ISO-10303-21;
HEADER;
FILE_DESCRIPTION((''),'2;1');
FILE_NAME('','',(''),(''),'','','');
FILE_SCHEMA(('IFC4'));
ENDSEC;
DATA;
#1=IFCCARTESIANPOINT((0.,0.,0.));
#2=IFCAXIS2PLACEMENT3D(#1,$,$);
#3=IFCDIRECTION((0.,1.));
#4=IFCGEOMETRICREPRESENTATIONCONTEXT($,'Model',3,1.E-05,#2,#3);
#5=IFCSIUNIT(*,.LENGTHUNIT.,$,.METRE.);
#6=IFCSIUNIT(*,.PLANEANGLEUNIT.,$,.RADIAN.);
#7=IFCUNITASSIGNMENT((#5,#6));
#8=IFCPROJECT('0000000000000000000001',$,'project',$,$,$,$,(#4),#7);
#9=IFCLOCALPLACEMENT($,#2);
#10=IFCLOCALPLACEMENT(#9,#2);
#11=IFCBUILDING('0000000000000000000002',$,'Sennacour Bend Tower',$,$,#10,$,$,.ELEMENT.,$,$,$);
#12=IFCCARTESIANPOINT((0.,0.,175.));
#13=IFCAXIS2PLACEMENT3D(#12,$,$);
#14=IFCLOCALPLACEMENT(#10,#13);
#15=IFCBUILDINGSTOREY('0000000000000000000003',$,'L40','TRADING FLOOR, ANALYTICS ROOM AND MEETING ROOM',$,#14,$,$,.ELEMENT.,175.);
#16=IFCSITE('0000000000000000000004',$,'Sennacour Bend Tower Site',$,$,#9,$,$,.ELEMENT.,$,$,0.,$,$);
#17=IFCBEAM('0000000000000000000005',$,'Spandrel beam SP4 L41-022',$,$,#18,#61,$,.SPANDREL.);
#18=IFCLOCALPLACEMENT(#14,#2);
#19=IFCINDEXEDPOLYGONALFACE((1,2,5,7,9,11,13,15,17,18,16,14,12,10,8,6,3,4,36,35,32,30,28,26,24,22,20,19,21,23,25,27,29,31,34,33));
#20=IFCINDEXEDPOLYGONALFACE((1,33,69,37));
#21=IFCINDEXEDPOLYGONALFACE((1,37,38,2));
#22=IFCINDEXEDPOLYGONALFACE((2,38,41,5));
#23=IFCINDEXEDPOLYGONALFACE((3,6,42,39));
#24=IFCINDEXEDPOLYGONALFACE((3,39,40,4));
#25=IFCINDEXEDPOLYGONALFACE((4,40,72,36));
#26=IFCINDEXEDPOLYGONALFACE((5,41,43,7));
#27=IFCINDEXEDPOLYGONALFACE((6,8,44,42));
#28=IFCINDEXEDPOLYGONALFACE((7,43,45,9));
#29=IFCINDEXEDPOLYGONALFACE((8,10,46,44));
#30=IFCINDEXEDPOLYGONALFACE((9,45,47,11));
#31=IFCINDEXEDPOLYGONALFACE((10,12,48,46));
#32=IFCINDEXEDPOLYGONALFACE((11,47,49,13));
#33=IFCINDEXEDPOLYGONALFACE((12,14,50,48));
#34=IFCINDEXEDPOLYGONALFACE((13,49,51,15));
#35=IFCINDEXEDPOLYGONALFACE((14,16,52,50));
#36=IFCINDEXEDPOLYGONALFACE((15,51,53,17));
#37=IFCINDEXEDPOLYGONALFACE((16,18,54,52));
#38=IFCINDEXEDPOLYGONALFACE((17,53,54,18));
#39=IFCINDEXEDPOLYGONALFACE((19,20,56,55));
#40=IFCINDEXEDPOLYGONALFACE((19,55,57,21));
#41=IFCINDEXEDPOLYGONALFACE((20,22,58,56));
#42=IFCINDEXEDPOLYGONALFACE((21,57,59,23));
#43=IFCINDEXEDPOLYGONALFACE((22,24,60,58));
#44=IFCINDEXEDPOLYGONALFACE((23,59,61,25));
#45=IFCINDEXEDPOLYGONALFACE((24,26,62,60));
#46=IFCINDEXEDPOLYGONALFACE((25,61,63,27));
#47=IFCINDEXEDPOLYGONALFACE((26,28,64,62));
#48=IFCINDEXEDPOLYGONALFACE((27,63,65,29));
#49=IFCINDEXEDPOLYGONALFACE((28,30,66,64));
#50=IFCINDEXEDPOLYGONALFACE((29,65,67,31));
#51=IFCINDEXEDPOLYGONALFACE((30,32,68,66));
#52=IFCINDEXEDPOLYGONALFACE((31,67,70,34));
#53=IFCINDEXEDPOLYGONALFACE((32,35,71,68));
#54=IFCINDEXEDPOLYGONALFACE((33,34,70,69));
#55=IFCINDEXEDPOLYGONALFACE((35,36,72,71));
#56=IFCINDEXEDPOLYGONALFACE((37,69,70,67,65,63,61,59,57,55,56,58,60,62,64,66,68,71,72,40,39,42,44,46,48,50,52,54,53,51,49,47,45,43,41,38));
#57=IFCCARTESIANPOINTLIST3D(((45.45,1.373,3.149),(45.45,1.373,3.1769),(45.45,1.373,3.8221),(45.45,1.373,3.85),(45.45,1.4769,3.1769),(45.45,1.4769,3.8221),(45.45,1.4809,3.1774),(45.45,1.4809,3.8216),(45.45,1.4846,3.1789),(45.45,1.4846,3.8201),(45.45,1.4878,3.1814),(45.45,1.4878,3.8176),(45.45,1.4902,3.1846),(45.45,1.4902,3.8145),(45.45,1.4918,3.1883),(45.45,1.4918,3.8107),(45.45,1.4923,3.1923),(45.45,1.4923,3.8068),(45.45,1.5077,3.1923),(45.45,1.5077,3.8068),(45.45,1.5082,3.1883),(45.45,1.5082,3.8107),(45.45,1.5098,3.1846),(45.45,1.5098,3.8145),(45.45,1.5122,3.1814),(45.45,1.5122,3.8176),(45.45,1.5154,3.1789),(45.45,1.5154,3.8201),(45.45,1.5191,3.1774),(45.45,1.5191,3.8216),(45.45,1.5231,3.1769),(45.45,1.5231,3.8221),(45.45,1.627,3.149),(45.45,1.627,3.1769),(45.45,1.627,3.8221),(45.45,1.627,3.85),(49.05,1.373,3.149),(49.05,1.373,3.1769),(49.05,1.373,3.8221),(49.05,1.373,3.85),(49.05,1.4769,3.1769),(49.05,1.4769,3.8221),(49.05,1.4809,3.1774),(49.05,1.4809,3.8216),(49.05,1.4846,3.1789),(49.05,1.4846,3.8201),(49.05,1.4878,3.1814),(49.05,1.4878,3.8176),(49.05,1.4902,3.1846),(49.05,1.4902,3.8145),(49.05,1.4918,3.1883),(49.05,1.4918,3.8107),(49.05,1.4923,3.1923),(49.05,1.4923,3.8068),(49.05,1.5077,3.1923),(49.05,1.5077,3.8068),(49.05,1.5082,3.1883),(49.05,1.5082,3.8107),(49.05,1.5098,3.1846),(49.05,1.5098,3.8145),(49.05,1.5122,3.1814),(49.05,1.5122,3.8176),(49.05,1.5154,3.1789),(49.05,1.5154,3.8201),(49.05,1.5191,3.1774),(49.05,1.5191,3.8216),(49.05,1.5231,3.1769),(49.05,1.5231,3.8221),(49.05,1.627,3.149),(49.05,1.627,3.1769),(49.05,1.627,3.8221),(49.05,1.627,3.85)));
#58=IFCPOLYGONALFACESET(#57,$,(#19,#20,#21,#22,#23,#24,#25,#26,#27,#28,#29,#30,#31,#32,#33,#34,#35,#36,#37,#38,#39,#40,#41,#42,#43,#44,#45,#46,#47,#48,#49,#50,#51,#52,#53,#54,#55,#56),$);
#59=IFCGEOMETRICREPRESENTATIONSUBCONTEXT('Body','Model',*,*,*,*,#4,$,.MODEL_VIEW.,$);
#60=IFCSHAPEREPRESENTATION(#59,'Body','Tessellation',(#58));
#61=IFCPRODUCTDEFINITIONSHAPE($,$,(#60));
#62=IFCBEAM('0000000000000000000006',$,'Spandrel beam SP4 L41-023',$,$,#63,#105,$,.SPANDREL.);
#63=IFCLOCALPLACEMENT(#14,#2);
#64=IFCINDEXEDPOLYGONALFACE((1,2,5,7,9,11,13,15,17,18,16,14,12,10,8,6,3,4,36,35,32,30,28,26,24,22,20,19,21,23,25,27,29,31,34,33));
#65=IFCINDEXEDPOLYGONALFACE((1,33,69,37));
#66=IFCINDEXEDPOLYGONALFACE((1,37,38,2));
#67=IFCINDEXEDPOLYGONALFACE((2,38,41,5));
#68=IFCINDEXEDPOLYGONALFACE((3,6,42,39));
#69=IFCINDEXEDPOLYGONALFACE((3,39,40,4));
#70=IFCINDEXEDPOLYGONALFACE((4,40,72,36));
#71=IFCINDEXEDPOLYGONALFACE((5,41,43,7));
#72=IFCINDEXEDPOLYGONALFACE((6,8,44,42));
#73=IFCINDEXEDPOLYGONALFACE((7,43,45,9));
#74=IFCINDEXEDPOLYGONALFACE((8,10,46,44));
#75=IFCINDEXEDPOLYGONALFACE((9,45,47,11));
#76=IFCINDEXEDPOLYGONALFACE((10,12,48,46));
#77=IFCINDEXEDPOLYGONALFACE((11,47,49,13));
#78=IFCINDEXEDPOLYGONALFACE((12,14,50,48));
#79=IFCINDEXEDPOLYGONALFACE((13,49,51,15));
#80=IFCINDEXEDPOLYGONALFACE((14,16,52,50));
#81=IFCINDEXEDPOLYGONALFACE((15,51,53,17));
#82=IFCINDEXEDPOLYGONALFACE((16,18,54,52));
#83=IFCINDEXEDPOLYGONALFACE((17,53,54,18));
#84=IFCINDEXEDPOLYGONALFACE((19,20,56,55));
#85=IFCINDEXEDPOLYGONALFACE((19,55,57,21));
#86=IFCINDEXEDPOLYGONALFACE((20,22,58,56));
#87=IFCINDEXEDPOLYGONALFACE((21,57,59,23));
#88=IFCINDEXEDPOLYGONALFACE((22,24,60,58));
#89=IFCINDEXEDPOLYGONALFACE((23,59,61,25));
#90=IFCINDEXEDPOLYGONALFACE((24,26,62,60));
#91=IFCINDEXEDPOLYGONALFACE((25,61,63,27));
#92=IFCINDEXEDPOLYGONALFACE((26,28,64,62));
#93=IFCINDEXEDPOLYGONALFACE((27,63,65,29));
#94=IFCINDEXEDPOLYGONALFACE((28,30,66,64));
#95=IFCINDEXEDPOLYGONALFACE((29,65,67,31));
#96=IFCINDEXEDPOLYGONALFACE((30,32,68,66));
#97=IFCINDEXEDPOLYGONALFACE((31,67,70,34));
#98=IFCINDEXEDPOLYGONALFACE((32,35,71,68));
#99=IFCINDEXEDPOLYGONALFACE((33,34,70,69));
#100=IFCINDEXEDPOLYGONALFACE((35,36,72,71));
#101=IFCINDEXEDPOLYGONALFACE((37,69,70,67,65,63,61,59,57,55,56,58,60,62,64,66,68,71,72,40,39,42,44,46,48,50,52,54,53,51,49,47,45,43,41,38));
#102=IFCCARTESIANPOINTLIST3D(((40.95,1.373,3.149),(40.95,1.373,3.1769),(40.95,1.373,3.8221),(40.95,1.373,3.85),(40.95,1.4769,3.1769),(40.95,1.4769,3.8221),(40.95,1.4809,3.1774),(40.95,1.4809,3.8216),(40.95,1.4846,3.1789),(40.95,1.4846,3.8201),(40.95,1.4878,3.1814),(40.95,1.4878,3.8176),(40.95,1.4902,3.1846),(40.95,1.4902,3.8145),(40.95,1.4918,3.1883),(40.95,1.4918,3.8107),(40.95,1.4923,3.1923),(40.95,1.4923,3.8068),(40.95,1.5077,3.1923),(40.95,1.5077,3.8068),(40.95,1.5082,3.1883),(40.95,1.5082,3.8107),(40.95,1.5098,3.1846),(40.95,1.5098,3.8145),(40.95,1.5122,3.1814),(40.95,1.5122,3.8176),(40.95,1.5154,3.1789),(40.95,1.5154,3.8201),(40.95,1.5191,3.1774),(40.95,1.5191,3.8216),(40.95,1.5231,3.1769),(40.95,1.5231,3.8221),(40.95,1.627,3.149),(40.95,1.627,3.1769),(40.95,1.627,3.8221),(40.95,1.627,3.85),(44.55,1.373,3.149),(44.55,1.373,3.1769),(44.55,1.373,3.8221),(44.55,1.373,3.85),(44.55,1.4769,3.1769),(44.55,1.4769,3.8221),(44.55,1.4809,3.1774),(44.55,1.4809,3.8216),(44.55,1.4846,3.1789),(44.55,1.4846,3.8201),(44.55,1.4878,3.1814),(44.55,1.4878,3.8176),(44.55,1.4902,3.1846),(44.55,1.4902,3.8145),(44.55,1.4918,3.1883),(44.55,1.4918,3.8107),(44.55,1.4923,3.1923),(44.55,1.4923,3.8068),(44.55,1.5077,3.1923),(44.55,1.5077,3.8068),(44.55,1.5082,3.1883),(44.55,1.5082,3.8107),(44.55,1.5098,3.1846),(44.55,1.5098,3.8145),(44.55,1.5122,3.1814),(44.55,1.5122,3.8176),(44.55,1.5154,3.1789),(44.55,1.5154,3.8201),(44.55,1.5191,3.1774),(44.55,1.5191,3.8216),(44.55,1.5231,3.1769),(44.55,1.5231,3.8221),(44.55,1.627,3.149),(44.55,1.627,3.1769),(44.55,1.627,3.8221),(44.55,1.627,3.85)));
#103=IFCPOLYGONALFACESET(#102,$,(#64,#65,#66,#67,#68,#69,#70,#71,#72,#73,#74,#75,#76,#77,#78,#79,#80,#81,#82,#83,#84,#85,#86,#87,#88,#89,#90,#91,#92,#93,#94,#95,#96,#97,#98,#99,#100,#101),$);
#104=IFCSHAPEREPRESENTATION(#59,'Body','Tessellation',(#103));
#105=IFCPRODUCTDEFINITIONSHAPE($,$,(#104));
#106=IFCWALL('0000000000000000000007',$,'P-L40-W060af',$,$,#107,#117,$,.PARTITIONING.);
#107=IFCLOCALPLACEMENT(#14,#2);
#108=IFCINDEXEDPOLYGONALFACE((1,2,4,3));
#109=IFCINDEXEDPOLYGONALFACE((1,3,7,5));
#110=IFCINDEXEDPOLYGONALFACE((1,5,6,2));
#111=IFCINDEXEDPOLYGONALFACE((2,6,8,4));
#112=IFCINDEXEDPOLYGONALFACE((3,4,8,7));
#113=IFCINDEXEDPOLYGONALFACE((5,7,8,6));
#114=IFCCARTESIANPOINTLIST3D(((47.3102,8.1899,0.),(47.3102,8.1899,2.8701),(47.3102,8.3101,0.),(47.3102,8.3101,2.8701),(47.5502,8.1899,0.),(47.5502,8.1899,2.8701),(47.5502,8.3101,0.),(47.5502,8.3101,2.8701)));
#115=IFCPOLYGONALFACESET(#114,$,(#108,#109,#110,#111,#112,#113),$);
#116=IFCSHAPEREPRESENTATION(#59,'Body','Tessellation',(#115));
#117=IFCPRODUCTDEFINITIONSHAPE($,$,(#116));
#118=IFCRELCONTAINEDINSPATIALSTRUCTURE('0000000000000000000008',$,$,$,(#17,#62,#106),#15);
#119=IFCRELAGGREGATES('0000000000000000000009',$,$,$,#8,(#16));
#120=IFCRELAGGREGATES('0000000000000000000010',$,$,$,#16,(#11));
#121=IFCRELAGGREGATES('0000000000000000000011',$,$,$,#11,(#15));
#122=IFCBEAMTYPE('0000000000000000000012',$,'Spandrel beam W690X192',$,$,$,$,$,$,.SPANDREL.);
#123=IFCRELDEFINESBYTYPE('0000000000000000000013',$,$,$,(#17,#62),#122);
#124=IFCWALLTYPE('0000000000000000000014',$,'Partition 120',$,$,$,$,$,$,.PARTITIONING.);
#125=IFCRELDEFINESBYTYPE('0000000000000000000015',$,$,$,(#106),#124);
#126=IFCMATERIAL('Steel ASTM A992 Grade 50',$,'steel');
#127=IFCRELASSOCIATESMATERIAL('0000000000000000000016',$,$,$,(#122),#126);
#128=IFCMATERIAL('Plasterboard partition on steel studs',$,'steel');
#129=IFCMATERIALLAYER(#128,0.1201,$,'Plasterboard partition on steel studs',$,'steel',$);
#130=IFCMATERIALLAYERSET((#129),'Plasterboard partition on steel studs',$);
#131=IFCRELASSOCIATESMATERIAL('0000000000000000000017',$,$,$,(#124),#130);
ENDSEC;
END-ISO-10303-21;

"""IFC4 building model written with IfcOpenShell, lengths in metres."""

from ifc_helpers import new_model, si_unit, direction, frame, frame_2d, origin, origin_2d, place, context, subcontext, project, spatial, rectangle, i_section, extrude, material, layer, layer_set, material_profile, profile_set, type_object, element, save


model = new_model("IFC4")

# Units and contexts
model_context = context("Model", 3, precision=1e-05, world=origin(), true_north=direction((0.0, 1.0)))
body_context = subcontext(model_context, "Body", "Model", "MODEL_VIEW")
ifc_project = project(units=[si_unit("LENGTHUNIT", "METRE"), si_unit("PLANEANGLEUNIT", "RADIAN")], contexts=[model_context])

# Site, building, storey
site_placement = place(None, origin())
site = spatial("IfcSite", under=ifc_project, at=site_placement, Name="Sennacour Bend Tower Site", CompositionType="ELEMENT", RefElevation=0.0)
building_placement = place(site_placement, origin())
building = spatial("IfcBuilding", under=site, at=building_placement, Name="Sennacour Bend Tower", CompositionType="ELEMENT")
storey_placement = place(building_placement, frame((0.0, 0.0, 175.0)))
storey = spatial("IfcBuildingStorey", under=building, at=storey_placement, Name="L40", Description="TRADING FLOOR, ANALYTICS ROOM AND MEETING ROOM", CompositionType="ELEMENT", Elevation=175.0)

# Beams
ifc_material_1 = material(Name="Steel ASTM A992 Grade 50", Category="steel")
ifc_material_profile_1 = material_profile(ifc_material_1, i_section(OverallWidth=0.2539, OverallDepth=0.7009, WebThickness=0.0154, FlangeThickness=0.0278, FilletRadius=0.0154, at=origin_2d()), Name="Steel ASTM A992 Grade 50", Category="steel")
ifc_profile_set_1 = profile_set([ifc_material_profile_1], Name="Steel ASTM A992 Grade 50")
beam_type_1 = type_object("IfcBeamType", Name="Spandrel beam W690X192", PredefinedType="SPANDREL", material=ifc_profile_set_1)
for number, where, z_axis, x_axis, name in (
    (1, (49.05, 1.5, 3.4995), (-1.0, 0.0, 0.0), (0.0, -1.0, 0.0), "Spandrel beam SP4 L41-022"),
    (2, (44.55, 1.5, 3.4995), (-1.0, 0.0, 0.0), (0.0, -1.0, 0.0), "Spandrel beam SP4 L41-023"),
):
    element("IfcBeam", number, at=place(storey_placement, frame(where, z_axis=z_axis, x_axis=x_axis)), inside=storey, type_object=beam_type_1, Name=name, PredefinedType="SPANDREL", context=body_context, shape_type="SweptSolid", body=[
        extrude(i_section(OverallWidth=0.2539, OverallDepth=0.7009, WebThickness=0.0154, FlangeThickness=0.0278, FilletRadius=0.0154, at=origin_2d()), origin(), (0.0, 0.0, 1.0), 3.6001),
    ])

# Wall
ifc_material_2 = material(Name="Plasterboard partition on steel studs", Category="steel")
ifc_layer_1 = layer(ifc_material_2, 0.1201, Name="Plasterboard partition on steel studs", Category="steel")
ifc_layer_set_1 = layer_set([ifc_layer_1], Name="Plasterboard partition on steel studs")
wall_type_1 = type_object("IfcWallType", Name="Partition 120", PredefinedType="PARTITIONING", material=ifc_layer_set_1)
wall_1_placement = place(storey_placement, frame((47.3101, 8.25, 0.0), z_axis=(0.0, 0.0, 1.0), x_axis=(1.0, 0.0, 0.0)))
element("IfcWall", 3, at=wall_1_placement, inside=storey, type_object=wall_type_1, Name="P-L40-W060af", PredefinedType="PARTITIONING", context=body_context, shape_type="SweptSolid", body=[
    extrude(rectangle(XDim=0.24, YDim=0.1201, at=frame_2d((0.1201, 0.0))), origin(), (0.0, 0.0, 1.0), 2.8701),
])

save(model, "model.ifc")
